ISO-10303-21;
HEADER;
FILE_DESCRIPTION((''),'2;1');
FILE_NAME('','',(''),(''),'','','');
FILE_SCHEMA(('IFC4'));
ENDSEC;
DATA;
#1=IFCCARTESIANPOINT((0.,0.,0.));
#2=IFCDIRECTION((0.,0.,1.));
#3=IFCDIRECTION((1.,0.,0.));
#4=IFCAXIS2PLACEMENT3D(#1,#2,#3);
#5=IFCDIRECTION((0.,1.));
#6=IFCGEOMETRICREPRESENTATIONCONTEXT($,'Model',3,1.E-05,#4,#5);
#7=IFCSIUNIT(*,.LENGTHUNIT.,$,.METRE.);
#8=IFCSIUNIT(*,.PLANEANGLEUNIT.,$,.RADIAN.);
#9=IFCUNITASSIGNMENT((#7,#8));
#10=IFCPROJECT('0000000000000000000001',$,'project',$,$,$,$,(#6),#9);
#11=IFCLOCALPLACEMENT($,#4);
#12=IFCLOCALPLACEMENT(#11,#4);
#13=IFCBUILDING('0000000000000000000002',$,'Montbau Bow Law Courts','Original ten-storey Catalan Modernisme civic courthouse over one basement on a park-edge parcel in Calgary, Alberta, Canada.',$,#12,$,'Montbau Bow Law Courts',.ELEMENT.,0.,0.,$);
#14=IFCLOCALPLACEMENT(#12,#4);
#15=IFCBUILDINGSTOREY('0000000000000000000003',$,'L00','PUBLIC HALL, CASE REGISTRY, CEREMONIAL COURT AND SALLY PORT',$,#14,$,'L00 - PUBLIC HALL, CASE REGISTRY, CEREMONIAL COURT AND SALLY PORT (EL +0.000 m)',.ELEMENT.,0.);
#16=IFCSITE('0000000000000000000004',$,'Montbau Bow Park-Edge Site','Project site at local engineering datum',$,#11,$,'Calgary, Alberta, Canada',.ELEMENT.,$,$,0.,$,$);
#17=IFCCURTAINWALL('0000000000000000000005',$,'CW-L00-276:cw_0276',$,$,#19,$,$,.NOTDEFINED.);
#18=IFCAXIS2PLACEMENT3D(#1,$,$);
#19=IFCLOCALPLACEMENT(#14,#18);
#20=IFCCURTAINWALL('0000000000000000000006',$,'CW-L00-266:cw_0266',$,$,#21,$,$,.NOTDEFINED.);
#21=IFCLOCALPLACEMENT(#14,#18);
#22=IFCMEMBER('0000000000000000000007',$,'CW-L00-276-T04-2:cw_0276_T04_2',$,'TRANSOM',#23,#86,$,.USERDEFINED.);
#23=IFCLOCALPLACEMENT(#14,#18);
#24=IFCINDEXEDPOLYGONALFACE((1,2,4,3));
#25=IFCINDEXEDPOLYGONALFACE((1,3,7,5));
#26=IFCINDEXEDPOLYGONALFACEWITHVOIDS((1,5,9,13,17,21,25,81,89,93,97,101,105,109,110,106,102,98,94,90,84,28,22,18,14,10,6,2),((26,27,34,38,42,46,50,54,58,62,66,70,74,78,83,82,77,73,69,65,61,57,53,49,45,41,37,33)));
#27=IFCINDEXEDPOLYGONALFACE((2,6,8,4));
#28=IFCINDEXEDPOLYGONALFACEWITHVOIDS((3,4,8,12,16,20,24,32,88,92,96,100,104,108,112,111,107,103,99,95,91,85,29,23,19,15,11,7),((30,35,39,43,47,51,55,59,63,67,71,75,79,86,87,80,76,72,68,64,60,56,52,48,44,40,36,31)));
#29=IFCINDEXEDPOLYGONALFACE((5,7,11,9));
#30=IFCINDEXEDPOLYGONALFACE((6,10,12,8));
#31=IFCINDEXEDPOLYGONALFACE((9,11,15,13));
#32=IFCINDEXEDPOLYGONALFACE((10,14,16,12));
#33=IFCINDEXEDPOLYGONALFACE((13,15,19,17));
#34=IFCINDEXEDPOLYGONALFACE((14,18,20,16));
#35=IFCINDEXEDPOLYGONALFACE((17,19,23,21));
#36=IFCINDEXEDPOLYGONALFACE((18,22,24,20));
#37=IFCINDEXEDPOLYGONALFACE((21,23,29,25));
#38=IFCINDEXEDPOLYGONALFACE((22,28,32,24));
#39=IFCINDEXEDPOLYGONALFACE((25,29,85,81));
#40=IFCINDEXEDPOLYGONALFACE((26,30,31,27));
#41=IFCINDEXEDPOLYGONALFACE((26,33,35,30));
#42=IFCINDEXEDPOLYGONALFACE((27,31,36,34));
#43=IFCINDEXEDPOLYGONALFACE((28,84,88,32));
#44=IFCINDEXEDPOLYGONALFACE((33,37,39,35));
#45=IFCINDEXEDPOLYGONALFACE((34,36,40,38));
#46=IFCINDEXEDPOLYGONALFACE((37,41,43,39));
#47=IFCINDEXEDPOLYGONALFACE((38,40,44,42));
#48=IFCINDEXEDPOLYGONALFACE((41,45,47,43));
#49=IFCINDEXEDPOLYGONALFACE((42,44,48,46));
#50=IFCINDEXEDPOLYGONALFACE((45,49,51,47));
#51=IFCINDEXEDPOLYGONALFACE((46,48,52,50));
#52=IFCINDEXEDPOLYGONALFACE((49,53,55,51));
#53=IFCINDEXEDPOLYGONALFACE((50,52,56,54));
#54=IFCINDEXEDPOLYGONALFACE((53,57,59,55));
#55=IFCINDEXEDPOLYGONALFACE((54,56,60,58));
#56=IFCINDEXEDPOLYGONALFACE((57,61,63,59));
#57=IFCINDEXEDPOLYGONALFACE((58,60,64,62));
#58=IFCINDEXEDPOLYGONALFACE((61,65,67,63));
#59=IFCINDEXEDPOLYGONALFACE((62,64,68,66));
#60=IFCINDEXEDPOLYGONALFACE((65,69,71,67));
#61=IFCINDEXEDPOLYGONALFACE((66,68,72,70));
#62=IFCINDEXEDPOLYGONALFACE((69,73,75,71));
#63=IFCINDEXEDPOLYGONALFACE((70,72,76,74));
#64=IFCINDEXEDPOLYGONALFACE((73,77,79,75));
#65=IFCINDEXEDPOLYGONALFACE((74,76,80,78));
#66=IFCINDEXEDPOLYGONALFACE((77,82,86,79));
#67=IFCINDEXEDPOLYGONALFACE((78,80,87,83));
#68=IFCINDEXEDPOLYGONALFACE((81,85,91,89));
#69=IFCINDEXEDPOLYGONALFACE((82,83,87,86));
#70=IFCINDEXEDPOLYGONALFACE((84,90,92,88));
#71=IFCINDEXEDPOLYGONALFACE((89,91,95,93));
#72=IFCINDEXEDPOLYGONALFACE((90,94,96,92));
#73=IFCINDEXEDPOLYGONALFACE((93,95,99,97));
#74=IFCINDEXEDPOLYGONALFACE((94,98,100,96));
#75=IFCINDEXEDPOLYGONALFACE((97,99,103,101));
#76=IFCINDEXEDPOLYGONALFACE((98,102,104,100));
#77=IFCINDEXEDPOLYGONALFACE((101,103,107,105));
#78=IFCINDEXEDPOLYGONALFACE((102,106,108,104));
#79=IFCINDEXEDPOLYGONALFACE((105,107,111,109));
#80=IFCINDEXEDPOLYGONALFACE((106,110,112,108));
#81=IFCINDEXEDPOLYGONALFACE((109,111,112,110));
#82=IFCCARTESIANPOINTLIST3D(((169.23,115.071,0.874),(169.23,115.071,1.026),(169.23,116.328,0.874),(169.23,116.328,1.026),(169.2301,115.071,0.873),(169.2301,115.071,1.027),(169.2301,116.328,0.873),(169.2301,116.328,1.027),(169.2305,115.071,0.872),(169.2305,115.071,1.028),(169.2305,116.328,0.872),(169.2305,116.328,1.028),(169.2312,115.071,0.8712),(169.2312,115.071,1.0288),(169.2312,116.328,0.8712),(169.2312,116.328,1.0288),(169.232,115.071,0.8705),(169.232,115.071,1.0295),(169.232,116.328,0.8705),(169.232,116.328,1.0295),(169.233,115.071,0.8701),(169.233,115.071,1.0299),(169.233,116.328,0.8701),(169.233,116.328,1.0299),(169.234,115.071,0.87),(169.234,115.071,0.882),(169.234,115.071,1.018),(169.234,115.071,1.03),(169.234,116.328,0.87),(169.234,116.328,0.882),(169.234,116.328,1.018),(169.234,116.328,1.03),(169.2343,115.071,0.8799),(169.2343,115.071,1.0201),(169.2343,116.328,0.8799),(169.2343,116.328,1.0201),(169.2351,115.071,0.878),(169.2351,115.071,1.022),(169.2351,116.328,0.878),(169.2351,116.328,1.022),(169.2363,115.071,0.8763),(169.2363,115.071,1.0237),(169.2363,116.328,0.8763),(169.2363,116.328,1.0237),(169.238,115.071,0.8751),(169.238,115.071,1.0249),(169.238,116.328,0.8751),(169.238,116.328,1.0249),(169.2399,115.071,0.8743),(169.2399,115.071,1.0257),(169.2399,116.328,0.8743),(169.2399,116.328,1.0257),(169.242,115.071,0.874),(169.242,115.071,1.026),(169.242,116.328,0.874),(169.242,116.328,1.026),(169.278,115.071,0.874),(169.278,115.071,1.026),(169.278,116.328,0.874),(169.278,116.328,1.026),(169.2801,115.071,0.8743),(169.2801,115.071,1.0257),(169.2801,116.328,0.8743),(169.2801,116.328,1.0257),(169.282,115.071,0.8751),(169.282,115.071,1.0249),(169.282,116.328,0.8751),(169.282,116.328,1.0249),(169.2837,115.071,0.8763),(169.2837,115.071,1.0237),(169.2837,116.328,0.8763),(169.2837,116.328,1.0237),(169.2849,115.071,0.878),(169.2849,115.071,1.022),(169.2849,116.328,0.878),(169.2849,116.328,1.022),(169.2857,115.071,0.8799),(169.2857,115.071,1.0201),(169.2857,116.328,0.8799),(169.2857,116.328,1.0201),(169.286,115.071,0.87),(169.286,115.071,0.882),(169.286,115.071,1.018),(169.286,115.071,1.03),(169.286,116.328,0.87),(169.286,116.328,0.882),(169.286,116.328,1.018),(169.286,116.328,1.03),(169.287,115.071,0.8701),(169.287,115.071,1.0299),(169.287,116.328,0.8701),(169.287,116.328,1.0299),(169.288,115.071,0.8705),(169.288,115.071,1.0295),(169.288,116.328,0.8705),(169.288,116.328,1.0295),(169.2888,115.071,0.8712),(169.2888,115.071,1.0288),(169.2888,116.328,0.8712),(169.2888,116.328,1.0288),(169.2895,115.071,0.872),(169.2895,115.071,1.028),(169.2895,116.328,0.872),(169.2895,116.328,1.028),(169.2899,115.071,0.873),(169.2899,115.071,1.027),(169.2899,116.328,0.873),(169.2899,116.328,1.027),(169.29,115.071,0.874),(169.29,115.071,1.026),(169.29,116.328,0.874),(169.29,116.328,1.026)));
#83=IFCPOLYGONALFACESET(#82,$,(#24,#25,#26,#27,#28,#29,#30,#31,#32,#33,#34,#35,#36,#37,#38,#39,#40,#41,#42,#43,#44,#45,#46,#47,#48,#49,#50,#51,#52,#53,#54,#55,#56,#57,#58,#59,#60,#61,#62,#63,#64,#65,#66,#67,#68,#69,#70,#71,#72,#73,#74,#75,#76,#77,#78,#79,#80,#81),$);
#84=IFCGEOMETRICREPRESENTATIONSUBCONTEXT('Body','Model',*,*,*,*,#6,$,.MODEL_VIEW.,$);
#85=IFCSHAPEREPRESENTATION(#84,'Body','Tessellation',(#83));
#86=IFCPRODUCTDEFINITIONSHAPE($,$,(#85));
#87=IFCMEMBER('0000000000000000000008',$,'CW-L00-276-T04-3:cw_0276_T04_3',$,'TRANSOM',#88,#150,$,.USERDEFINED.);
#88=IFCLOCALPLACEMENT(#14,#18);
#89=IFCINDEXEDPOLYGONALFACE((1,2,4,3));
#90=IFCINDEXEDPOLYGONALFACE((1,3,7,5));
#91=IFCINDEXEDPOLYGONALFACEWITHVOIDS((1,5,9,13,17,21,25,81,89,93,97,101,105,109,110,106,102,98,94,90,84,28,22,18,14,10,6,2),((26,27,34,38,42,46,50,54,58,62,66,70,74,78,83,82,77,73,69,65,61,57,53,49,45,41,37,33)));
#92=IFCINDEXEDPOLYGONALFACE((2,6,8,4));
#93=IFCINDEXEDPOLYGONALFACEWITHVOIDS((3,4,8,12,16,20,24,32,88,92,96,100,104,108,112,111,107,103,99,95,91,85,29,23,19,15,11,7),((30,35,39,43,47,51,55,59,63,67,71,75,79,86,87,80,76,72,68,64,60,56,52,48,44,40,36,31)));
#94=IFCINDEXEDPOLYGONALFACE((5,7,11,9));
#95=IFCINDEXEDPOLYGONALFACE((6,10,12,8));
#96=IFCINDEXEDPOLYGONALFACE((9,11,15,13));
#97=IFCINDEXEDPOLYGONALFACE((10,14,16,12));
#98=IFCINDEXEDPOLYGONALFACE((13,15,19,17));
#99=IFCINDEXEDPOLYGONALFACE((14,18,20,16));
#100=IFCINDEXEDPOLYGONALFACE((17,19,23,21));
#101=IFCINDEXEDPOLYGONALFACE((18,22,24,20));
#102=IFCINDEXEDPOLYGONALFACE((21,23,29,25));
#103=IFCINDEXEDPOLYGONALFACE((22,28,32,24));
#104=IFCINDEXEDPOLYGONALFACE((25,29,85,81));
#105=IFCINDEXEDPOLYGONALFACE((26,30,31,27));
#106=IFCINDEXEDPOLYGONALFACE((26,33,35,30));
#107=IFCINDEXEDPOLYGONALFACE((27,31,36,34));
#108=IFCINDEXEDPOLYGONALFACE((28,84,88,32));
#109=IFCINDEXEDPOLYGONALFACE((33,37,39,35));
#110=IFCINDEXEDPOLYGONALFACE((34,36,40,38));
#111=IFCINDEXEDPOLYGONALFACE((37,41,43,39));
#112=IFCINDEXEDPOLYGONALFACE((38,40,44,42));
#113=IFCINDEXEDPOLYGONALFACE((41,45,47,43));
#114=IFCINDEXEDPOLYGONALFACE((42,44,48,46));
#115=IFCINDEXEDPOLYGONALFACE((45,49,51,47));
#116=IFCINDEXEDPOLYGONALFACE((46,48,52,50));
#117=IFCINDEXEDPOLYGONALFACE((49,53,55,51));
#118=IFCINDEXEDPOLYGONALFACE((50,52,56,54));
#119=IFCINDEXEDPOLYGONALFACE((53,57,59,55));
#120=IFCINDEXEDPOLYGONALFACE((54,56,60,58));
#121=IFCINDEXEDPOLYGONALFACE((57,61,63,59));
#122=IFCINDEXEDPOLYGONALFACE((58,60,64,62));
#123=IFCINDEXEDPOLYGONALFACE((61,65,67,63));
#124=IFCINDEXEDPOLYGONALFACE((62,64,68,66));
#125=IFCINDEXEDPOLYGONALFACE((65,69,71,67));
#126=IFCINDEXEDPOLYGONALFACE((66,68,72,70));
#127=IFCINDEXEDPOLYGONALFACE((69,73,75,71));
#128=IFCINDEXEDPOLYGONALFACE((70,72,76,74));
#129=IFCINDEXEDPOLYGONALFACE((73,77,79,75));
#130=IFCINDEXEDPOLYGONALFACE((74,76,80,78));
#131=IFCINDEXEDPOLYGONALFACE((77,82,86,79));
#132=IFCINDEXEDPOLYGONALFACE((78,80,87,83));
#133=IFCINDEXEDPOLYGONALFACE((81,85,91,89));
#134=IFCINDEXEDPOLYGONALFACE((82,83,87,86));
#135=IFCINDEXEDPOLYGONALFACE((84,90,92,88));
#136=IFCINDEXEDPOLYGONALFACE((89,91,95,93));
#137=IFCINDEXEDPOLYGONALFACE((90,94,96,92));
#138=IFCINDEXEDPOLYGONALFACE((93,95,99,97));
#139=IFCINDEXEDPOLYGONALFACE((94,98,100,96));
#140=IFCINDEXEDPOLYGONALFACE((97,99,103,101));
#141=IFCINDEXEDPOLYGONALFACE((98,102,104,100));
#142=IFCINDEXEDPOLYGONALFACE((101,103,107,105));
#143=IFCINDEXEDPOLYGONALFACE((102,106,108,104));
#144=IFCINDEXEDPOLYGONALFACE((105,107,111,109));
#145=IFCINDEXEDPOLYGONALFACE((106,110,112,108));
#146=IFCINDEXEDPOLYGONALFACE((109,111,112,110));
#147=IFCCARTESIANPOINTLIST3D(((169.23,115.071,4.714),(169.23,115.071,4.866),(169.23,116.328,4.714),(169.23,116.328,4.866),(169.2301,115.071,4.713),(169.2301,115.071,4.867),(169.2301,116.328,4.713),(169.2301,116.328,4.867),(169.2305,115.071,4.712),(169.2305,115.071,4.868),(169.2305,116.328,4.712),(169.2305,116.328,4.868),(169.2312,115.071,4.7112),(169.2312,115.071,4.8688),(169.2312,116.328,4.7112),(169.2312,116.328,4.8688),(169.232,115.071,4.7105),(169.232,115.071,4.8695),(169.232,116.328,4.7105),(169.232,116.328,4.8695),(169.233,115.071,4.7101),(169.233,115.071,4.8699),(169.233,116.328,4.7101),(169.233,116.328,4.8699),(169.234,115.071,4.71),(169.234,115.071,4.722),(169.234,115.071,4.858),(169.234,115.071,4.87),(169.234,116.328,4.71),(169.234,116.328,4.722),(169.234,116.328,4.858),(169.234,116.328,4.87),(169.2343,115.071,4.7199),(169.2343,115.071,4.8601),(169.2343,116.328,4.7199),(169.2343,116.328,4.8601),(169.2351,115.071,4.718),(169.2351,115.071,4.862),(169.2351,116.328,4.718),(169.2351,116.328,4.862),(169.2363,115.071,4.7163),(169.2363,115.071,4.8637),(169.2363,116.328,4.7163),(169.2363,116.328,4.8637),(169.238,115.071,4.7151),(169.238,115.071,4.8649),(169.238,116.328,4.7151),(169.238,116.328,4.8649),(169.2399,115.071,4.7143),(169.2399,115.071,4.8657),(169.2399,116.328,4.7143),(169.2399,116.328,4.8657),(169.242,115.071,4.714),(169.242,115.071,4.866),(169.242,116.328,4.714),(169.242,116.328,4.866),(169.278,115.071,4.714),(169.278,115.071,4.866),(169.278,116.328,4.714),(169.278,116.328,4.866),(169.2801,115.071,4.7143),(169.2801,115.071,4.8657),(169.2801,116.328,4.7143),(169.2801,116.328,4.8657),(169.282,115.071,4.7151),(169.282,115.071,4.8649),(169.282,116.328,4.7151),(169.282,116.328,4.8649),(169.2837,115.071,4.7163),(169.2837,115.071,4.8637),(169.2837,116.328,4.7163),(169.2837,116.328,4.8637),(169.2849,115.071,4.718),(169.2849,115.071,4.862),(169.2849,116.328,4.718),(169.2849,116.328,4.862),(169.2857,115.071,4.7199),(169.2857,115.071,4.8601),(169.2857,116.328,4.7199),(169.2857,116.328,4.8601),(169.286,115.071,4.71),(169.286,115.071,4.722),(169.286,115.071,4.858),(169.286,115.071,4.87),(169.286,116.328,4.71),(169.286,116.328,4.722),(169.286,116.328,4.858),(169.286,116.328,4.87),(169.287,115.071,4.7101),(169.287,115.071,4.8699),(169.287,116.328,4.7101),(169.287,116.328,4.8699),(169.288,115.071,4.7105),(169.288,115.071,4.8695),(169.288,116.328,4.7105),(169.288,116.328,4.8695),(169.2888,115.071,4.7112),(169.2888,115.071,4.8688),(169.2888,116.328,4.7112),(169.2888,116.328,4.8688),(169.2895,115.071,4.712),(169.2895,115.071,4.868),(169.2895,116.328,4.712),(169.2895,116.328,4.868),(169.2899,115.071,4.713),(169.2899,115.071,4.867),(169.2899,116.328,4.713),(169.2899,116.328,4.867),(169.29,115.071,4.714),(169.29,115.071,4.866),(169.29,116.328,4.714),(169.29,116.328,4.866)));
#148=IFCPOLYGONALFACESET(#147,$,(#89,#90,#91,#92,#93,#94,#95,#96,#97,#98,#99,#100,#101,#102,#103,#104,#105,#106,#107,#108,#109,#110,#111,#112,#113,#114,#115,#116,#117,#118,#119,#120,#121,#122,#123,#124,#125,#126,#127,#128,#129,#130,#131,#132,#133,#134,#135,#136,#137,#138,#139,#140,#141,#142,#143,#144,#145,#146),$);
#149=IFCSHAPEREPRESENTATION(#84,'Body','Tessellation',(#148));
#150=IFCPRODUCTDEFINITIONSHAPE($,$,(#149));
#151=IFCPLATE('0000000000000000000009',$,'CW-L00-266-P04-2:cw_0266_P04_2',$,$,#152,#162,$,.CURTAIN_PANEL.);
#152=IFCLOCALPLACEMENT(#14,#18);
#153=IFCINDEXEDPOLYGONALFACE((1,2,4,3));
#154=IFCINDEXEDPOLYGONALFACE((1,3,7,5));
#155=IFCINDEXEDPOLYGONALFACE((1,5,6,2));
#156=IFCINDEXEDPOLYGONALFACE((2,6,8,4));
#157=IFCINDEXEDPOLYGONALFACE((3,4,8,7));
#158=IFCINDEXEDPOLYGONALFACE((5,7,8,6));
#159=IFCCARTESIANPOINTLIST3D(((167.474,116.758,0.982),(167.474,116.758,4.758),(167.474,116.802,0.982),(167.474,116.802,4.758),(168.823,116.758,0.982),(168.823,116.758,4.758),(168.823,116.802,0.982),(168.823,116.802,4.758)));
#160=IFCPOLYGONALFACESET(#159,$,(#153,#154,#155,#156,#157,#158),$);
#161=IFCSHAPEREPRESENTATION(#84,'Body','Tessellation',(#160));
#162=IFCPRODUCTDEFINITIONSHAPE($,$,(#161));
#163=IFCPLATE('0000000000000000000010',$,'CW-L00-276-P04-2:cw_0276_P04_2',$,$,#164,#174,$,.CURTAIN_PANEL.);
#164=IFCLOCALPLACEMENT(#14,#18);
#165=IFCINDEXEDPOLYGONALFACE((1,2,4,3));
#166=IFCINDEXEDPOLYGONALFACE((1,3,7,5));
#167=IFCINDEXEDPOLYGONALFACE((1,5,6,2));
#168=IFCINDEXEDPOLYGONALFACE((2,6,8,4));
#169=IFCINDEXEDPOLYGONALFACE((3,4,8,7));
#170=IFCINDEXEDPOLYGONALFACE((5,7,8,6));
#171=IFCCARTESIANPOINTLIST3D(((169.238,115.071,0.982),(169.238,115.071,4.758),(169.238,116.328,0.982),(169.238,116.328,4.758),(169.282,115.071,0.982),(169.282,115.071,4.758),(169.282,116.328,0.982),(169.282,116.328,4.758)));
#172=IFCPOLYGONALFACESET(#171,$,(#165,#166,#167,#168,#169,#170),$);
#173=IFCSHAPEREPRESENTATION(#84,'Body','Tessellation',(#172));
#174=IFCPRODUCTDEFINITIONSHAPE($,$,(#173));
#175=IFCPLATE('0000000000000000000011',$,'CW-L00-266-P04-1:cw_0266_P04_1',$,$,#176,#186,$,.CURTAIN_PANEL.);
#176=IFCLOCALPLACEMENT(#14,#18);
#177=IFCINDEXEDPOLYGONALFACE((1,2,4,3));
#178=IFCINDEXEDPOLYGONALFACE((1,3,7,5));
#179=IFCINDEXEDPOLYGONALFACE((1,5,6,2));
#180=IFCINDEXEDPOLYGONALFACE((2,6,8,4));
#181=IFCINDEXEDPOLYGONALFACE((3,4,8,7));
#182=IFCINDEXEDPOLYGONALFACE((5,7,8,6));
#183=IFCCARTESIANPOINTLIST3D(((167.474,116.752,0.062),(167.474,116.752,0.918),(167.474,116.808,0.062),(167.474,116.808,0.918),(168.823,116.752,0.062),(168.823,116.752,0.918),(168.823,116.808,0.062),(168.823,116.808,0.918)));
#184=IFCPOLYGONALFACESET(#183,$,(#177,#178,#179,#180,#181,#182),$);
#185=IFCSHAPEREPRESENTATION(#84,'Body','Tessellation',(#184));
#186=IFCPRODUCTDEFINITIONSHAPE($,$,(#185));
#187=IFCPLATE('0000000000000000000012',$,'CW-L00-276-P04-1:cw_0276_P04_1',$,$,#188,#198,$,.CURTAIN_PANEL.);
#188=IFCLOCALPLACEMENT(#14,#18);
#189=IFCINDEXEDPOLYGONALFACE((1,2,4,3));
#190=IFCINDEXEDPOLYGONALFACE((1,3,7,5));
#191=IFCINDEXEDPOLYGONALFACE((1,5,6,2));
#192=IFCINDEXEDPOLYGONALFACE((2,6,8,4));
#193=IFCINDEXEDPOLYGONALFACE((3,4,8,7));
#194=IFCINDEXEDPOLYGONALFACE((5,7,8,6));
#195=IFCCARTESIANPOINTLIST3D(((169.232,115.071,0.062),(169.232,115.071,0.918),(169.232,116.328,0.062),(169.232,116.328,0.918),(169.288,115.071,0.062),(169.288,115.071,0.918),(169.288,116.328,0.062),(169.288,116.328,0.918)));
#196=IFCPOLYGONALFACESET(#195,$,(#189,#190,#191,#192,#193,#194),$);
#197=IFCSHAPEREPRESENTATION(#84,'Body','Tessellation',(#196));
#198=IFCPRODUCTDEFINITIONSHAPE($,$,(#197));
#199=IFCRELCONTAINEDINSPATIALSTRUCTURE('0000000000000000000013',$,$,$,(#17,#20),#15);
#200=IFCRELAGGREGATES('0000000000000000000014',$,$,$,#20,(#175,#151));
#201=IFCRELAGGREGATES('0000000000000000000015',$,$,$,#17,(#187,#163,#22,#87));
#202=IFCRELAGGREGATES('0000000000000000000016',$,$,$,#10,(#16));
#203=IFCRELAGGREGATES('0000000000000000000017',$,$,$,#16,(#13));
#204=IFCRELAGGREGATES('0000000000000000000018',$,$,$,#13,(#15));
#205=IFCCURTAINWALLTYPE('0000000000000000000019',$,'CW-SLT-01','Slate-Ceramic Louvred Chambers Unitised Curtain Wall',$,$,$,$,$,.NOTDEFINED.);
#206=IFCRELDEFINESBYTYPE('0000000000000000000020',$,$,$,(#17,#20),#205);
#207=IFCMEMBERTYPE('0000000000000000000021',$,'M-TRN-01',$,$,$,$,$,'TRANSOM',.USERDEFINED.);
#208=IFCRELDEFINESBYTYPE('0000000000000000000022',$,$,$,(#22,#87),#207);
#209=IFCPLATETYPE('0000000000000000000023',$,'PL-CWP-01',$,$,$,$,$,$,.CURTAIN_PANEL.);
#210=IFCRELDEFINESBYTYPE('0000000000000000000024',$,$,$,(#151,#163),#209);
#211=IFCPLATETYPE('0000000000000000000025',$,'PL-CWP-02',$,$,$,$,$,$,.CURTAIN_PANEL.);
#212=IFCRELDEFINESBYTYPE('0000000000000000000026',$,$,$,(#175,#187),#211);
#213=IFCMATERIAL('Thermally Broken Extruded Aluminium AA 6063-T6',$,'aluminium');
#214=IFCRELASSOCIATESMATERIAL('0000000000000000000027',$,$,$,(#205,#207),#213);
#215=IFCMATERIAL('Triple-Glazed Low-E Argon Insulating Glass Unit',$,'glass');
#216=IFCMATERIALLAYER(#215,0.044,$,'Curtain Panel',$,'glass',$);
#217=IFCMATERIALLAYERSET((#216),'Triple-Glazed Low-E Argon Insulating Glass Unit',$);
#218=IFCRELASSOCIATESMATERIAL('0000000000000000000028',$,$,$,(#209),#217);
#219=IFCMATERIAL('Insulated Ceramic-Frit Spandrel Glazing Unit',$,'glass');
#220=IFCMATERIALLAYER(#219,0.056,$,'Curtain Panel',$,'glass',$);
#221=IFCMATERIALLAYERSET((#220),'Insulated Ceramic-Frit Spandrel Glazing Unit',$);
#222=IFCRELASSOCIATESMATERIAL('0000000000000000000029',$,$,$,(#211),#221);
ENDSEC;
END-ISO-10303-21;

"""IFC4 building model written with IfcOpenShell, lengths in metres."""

from ifc_helpers import new_model, si_unit, direction, frame, frame_2d, origin_with_axes, origin_2d_with_axis, place, context, subcontext, project, spatial, rectangle, hollow_rectangle, extrude, material, layer, layer_set, material_profile, profile_set, type_object, element, aggregate, save


model = new_model("IFC4")

# Units and contexts
model_context = context("Model", 3, precision=1e-05, world=origin_with_axes(), true_north=direction((0.0, 1.0)))
body_context = subcontext(model_context, "Body", "Model", "MODEL_VIEW")
ifc_project = project(units=[si_unit("LENGTHUNIT", "METRE"), si_unit("PLANEANGLEUNIT", "RADIAN")], contexts=[model_context])

# Site, building, storey
site_placement = place(None, origin_with_axes())
site = spatial("IfcSite", under=ifc_project, at=site_placement, Name="Montbau Bow Park-Edge Site", Description="Project site at local engineering datum", LongName="Calgary, Alberta, Canada", CompositionType="ELEMENT", RefElevation=0.0)
building_placement = place(site_placement, origin_with_axes())
building = spatial("IfcBuilding", under=site, at=building_placement, Name="Montbau Bow Law Courts", Description="Original ten-storey Catalan Modernisme civic courthouse over one basement on a park-edge parcel in Calgary, Alberta, Canada.", LongName="Montbau Bow Law Courts", CompositionType="ELEMENT", ElevationOfRefHeight=0.0, ElevationOfTerrain=0.0)
storey_placement = place(building_placement, origin_with_axes())
storey = spatial("IfcBuildingStorey", under=building, at=storey_placement, Name="L00", Description="PUBLIC HALL, CASE REGISTRY, CEREMONIAL COURT AND SALLY PORT", LongName="L00 - PUBLIC HALL, CASE REGISTRY, CEREMONIAL COURT AND SALLY PORT (EL +0.000 m)", CompositionType="ELEMENT", Elevation=0.0)

# Curtain walls
ifc_material_1 = material(Name="Thermally Broken Extruded Aluminium AA 6063-T6", Category="aluminium")
curtain_wall_type = type_object("IfcCurtainWallType", Name="CW-SLT-01", Description="Slate-Ceramic Louvred Chambers Unitised Curtain Wall", PredefinedType="NOTDEFINED", material=ifc_material_1)
curtain_wall_1_placement = place(None, frame((169.26, 110.915, 0.0), z_axis=(0.0, 0.0, 1.0), x_axis=(1.0, 0.0, 0.0)))
curtain_wall_1 = element("IfcCurtainWall", 1, at=curtain_wall_1_placement, inside=storey, type_object=curtain_wall_type, Name="CW-L00-276:cw_0276", PredefinedType="NOTDEFINED")
curtain_wall_2_placement = place(None, frame((163.115, 116.78, 0.0), z_axis=(0.0, 0.0, 1.0), x_axis=(1.0, 0.0, 0.0)))
curtain_wall_2 = element("IfcCurtainWall", 2, at=curtain_wall_2_placement, inside=storey, type_object=curtain_wall_type, Name="CW-L00-266:cw_0266", PredefinedType="NOTDEFINED")
ifc_material_profile_1 = material_profile(ifc_material_1, hollow_rectangle(XDim=0.06, YDim=0.16, WallThickness=0.004, InnerFilletRadius=0.008, OuterFilletRadius=0.004, at=origin_2d_with_axis()), Name="CWT-160X60", Category="Main", Priority=0)
ifc_profile_set_1 = profile_set([ifc_material_profile_1], Name="Thermally Broken Extruded Aluminium AA 6063-T6")
member_type_1 = type_object("IfcMemberType", Name="M-TRN-01", ElementType="TRANSOM", PredefinedType="USERDEFINED", material=ifc_profile_set_1)

# Members
member_1_placement = place(None, frame((169.26, 115.071, 0.95), z_axis=(0.0, 1.0, 0.0), x_axis=(-1.0, 0.0, 0.0)))
member_1 = element("IfcMember", 3, at=member_1_placement, type_object=member_type_1, Name="CW-L00-276-T04-2:cw_0276_T04_2", ObjectType="TRANSOM", PredefinedType="USERDEFINED", context=body_context, shape_type="SweptSolid", body=[
    extrude(hollow_rectangle(XDim=0.06, YDim=0.16, WallThickness=0.004, InnerFilletRadius=0.008, OuterFilletRadius=0.004, at=origin_2d_with_axis()), origin_with_axes(), (0.0, 0.0, 1.0), 1.257),
])
member_2_placement = place(None, frame((169.26, 115.071, 4.79), z_axis=(0.0, 1.0, 0.0), x_axis=(-1.0, 0.0, 0.0)))
member_2 = element("IfcMember", 4, at=member_2_placement, type_object=member_type_1, Name="CW-L00-276-T04-3:cw_0276_T04_3", ObjectType="TRANSOM", PredefinedType="USERDEFINED", context=body_context, shape_type="SweptSolid", body=[
    extrude(hollow_rectangle(XDim=0.06, YDim=0.16, WallThickness=0.004, InnerFilletRadius=0.008, OuterFilletRadius=0.004, at=origin_2d_with_axis()), origin_with_axes(), (0.0, 0.0, 1.0), 1.257),
])

# Plates
ifc_material_2 = material(Name="Triple-Glazed Low-E Argon Insulating Glass Unit", Category="glass")
ifc_layer_1 = layer(ifc_material_2, 0.044, Name="Curtain Panel", Category="glass")
ifc_layer_set_1 = layer_set([ifc_layer_1], Name="Triple-Glazed Low-E Argon Insulating Glass Unit")
plate_type_1 = type_object("IfcPlateType", Name="PL-CWP-01", PredefinedType="CURTAIN_PANEL", material=ifc_layer_set_1)
plate_1_placement = place(None, frame((167.474, 116.78, 0.982), z_axis=(0.0, -1.0, 0.0), x_axis=(1.0, 0.0, 0.0)))
plate_1 = element("IfcPlate", 5, at=plate_1_placement, type_object=plate_type_1, Name="CW-L00-266-P04-2:cw_0266_P04_2", PredefinedType="CURTAIN_PANEL", context=body_context, shape_type="SweptSolid", body=[
    extrude(rectangle(XDim=1.349, YDim=3.776, at=frame_2d((0.6745, 1.888), x_axis=(1.0, 0.0))), frame((0.0, 0.0, -0.022), z_axis=(0.0, 0.0, 1.0), x_axis=(1.0, 0.0, 0.0)), (0.0, 0.0, 1.0), 0.044),
])
plate_2_placement = place(None, frame((169.26, 115.071, 0.982), z_axis=(1.0, 0.0, 0.0), x_axis=(0.0, 1.0, 0.0)))
plate_2 = element("IfcPlate", 6, at=plate_2_placement, type_object=plate_type_1, Name="CW-L00-276-P04-2:cw_0276_P04_2", PredefinedType="CURTAIN_PANEL", context=body_context, shape_type="SweptSolid", body=[
    extrude(rectangle(XDim=1.257, YDim=3.776, at=frame_2d((0.6285, 1.888), x_axis=(1.0, 0.0))), frame((0.0, 0.0, -0.022), z_axis=(0.0, 0.0, 1.0), x_axis=(1.0, 0.0, 0.0)), (0.0, 0.0, 1.0), 0.044),
])
ifc_material_3 = material(Name="Insulated Ceramic-Frit Spandrel Glazing Unit", Category="glass")
ifc_layer_2 = layer(ifc_material_3, 0.056, Name="Curtain Panel", Category="glass")
ifc_layer_set_2 = layer_set([ifc_layer_2], Name="Insulated Ceramic-Frit Spandrel Glazing Unit")
plate_type_2 = type_object("IfcPlateType", Name="PL-CWP-02", PredefinedType="CURTAIN_PANEL", material=ifc_layer_set_2)
plate_3_placement = place(None, frame((167.474, 116.78, 0.062), z_axis=(0.0, -1.0, 0.0), x_axis=(1.0, 0.0, 0.0)))
plate_3 = element("IfcPlate", 7, at=plate_3_placement, type_object=plate_type_2, Name="CW-L00-266-P04-1:cw_0266_P04_1", PredefinedType="CURTAIN_PANEL", context=body_context, shape_type="SweptSolid", body=[
    extrude(rectangle(XDim=1.349, YDim=0.856, at=frame_2d((0.6745, 0.428), x_axis=(1.0, 0.0))), frame((0.0, 0.0, -0.028), z_axis=(0.0, 0.0, 1.0), x_axis=(1.0, 0.0, 0.0)), (0.0, 0.0, 1.0), 0.056),
])
aggregate(curtain_wall_2, [plate_3, plate_1])
plate_4_placement = place(None, frame((169.26, 115.071, 0.062), z_axis=(1.0, 0.0, 0.0), x_axis=(0.0, 1.0, 0.0)))
plate_4 = element("IfcPlate", 8, at=plate_4_placement, type_object=plate_type_2, Name="CW-L00-276-P04-1:cw_0276_P04_1", PredefinedType="CURTAIN_PANEL", context=body_context, shape_type="SweptSolid", body=[
    extrude(rectangle(XDim=1.257, YDim=0.856, at=frame_2d((0.6285, 0.428), x_axis=(1.0, 0.0))), frame((0.0, 0.0, -0.028), z_axis=(0.0, 0.0, 1.0), x_axis=(1.0, 0.0, 0.0)), (0.0, 0.0, 1.0), 0.056),
])
aggregate(curtain_wall_1, [plate_4, plate_2, member_1, member_2])

save(model, "model.ifc")
